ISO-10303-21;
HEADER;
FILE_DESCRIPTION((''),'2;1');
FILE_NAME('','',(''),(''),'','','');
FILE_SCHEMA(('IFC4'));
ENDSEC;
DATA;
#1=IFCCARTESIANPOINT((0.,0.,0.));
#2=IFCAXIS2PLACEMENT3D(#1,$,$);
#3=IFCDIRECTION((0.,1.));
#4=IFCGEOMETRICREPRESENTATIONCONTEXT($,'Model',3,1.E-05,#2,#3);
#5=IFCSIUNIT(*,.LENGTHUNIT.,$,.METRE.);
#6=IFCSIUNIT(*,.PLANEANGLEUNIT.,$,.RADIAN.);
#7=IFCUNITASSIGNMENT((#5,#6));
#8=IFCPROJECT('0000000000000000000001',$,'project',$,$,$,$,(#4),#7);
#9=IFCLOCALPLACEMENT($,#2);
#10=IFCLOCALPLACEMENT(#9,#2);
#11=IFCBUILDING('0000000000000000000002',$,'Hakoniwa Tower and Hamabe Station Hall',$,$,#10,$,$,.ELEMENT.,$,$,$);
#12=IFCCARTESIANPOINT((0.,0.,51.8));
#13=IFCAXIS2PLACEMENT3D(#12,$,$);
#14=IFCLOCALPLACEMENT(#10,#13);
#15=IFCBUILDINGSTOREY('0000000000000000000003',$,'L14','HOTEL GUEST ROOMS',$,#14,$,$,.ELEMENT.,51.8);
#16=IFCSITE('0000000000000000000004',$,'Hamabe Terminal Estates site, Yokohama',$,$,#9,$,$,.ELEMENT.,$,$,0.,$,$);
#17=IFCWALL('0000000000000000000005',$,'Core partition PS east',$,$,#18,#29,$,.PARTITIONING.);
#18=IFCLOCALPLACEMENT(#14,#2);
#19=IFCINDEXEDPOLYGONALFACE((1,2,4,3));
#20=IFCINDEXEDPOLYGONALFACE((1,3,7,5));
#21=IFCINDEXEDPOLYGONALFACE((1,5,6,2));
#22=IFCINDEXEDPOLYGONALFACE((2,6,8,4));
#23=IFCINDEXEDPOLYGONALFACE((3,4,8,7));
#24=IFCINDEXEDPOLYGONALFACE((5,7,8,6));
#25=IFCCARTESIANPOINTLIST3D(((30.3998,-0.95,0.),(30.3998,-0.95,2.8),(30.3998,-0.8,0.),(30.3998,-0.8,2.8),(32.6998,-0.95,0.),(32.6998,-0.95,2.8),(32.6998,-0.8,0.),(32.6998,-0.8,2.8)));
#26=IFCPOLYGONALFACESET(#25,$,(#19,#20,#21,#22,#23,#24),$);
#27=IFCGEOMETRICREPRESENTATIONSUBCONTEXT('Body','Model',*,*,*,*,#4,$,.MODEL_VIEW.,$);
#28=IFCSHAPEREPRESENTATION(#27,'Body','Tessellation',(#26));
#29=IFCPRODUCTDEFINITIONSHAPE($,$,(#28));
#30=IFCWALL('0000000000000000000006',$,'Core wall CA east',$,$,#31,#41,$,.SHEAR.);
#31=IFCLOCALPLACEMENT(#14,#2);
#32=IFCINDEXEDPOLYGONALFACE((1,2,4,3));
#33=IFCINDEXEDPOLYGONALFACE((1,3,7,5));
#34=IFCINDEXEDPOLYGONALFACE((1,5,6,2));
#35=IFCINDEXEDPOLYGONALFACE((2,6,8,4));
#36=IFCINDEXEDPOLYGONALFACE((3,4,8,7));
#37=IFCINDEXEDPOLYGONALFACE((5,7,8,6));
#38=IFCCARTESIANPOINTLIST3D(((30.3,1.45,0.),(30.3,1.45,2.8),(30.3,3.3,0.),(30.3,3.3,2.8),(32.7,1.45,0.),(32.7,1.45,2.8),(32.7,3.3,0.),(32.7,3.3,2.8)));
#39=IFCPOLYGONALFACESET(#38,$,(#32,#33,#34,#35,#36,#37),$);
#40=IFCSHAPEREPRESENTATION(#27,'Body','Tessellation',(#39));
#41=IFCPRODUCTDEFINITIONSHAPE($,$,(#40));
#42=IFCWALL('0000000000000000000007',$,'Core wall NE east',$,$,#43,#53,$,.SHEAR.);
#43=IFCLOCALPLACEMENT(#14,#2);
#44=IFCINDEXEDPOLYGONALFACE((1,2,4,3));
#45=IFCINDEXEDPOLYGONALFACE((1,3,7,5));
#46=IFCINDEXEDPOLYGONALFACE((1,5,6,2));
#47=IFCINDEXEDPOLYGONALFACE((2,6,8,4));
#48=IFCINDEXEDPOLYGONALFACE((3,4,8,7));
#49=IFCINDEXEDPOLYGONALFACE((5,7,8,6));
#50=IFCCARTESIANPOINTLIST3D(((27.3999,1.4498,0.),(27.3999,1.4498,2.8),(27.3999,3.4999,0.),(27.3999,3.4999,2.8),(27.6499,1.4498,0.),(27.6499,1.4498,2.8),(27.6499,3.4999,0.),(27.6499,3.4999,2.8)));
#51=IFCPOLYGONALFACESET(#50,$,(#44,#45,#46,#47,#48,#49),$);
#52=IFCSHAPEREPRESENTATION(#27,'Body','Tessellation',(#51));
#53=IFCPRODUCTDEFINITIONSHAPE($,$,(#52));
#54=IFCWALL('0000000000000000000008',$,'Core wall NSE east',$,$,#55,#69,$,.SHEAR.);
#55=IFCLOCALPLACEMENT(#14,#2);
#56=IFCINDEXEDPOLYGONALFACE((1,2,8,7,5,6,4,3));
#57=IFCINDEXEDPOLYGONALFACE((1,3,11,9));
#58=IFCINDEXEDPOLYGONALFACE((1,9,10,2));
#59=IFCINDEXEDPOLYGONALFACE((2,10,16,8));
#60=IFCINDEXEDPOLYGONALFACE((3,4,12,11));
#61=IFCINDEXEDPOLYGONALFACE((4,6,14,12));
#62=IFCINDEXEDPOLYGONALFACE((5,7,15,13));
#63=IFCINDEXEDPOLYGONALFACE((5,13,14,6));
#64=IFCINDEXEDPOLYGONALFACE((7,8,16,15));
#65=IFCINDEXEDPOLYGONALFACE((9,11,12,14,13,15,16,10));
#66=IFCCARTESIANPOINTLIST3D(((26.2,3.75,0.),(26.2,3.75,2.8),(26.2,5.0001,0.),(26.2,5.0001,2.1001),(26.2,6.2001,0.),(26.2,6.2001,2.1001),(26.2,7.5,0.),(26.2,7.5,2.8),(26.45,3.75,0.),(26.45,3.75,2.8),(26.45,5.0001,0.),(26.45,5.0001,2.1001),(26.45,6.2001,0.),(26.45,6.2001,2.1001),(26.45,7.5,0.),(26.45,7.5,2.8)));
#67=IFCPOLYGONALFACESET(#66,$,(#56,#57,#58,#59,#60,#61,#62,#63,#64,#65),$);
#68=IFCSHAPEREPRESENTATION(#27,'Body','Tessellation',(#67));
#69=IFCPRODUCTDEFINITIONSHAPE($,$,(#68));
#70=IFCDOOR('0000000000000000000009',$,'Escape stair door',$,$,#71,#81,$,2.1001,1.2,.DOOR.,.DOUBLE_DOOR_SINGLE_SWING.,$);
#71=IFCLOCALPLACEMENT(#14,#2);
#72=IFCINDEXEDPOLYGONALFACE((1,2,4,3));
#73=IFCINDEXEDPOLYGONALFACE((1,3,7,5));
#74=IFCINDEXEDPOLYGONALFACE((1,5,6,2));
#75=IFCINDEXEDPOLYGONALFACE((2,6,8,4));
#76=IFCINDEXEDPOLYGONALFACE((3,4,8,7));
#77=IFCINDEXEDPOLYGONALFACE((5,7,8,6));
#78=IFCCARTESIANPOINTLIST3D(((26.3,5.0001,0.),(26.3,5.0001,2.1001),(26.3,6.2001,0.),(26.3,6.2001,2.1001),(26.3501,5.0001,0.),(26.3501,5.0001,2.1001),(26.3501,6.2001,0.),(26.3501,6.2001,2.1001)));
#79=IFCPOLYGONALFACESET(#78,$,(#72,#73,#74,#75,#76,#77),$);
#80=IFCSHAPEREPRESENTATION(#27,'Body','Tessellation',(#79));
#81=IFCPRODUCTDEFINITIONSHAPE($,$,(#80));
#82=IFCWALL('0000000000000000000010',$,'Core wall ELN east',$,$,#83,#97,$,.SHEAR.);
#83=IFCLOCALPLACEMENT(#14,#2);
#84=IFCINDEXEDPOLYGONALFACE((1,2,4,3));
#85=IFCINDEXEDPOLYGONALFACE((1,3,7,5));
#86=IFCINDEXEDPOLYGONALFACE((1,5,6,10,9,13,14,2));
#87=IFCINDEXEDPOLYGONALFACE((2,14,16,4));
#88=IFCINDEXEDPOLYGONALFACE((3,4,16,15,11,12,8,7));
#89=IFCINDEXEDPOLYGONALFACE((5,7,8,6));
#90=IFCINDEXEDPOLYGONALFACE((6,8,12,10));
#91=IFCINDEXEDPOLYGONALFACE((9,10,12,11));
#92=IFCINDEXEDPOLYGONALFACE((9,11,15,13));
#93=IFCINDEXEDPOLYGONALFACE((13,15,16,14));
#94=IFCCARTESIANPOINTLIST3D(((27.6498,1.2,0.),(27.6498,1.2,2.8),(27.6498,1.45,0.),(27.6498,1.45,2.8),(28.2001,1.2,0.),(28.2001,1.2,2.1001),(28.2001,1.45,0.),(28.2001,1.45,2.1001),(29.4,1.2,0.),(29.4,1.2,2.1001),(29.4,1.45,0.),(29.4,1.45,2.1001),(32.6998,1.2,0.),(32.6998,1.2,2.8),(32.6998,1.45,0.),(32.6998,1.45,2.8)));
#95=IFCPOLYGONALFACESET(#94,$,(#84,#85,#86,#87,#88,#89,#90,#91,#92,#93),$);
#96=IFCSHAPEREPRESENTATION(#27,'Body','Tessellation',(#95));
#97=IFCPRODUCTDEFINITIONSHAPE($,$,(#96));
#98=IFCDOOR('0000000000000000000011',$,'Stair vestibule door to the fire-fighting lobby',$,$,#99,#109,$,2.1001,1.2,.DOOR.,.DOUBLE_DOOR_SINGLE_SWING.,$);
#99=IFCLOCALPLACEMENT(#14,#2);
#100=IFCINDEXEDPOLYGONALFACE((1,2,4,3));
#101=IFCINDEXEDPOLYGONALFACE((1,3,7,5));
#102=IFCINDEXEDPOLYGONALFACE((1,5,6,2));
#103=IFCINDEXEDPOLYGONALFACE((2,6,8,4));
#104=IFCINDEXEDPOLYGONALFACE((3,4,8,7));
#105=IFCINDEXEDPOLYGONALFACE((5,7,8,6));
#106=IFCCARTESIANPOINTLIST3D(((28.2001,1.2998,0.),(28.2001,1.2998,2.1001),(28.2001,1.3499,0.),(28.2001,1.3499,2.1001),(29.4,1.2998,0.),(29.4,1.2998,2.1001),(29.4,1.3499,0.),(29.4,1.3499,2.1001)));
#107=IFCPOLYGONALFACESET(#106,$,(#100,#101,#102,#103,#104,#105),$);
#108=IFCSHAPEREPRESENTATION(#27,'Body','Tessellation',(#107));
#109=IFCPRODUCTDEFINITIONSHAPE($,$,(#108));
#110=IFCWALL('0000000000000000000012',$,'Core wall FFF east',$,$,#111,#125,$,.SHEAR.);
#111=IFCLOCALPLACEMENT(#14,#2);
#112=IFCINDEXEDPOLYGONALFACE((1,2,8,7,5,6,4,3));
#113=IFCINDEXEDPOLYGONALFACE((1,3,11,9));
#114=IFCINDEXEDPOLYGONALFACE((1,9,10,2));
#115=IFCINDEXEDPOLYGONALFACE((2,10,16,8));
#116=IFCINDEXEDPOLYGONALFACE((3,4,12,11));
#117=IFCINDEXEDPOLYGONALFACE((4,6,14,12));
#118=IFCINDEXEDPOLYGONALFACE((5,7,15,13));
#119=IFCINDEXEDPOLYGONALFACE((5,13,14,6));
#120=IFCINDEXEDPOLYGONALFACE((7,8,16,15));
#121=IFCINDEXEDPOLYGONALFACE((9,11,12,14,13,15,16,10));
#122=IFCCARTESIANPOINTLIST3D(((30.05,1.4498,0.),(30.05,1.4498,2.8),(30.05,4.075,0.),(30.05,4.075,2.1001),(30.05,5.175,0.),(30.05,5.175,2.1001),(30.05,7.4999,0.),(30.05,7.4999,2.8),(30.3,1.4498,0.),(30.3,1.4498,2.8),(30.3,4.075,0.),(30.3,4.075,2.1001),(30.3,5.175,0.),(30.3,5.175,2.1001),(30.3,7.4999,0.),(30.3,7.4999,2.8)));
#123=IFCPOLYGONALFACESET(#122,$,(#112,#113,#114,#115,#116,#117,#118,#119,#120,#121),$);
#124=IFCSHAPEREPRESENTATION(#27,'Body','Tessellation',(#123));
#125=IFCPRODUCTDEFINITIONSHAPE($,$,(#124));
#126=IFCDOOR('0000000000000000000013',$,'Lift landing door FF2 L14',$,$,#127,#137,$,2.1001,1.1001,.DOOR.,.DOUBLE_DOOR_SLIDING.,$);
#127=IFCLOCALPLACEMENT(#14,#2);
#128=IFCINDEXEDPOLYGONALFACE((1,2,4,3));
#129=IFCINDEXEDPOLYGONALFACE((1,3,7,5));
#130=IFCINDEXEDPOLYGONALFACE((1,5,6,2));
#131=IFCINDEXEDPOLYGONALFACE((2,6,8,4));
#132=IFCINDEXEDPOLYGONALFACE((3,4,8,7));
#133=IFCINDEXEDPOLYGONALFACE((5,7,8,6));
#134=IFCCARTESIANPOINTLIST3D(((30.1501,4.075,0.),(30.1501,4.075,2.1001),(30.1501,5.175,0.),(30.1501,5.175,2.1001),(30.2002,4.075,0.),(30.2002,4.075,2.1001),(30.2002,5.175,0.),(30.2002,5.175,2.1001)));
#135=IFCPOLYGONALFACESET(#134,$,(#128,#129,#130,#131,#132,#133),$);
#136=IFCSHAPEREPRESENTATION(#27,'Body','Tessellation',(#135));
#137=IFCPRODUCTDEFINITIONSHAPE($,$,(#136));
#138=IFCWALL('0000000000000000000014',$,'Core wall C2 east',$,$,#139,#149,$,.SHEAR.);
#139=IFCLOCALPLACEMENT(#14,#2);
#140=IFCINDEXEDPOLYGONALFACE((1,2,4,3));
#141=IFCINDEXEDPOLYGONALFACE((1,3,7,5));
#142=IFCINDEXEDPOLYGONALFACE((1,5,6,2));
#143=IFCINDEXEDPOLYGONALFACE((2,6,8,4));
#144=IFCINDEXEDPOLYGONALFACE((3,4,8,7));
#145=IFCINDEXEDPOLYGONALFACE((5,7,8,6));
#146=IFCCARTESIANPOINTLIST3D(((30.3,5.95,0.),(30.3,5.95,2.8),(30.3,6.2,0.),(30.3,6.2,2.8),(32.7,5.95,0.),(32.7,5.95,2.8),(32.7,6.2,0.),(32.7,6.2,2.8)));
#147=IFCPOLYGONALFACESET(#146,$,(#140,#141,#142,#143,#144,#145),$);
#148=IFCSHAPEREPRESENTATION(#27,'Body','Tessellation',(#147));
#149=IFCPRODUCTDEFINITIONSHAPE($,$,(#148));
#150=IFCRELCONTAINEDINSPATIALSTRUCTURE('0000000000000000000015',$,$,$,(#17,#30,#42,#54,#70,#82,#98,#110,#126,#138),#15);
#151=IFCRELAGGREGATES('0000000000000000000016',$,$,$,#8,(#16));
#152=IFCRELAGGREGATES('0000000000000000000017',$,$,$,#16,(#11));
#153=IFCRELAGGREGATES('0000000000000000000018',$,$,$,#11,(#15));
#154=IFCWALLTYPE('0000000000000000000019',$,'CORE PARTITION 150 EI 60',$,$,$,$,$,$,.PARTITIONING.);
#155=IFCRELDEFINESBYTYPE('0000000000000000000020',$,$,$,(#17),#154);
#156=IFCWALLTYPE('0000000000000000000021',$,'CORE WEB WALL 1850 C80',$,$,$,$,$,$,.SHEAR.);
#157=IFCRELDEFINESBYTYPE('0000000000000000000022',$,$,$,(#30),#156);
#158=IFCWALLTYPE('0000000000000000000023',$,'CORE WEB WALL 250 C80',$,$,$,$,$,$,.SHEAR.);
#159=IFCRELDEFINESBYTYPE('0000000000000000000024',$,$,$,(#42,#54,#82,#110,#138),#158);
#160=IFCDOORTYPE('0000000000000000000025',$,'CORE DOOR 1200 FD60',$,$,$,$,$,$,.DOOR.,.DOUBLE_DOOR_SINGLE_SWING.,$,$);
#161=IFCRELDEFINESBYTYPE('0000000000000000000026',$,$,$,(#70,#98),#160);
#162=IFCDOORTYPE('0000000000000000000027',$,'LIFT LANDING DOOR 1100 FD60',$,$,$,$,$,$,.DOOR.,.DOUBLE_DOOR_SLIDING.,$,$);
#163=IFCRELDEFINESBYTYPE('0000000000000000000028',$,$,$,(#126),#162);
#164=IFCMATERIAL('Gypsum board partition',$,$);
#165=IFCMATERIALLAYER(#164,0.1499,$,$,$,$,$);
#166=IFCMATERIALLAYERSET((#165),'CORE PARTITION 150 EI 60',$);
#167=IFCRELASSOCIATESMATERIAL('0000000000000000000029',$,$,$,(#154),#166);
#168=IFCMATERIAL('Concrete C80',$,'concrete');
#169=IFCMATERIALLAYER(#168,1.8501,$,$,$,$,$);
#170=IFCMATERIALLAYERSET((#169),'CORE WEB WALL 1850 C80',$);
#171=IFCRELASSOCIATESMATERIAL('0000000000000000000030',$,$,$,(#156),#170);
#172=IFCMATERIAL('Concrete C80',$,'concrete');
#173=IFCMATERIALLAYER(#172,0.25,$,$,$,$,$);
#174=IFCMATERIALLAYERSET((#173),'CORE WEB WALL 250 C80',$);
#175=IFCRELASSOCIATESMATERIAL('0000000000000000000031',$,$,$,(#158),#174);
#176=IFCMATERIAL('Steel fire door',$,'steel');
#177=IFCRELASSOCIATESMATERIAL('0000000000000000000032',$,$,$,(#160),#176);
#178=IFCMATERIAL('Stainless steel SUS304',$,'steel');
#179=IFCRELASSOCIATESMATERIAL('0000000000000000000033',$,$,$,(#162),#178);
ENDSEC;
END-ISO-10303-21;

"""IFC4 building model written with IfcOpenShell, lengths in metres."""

from ifc_helpers import new_model, si_unit, direction, frame, frame_2d, origin, place, context, subcontext, project, spatial, rectangle, extrude, material, layer, layer_set, type_object, element, fill, save


model = new_model("IFC4")

# Units and contexts
model_context = context("Model", 3, precision=1e-05, world=origin(), true_north=direction((0.0, 1.0)))
body_context = subcontext(model_context, "Body", "Model", "MODEL_VIEW")
ifc_project = project(units=[si_unit("LENGTHUNIT", "METRE"), si_unit("PLANEANGLEUNIT", "RADIAN")], contexts=[model_context])

# Site, building, storey
site_placement = place(None, origin())
site = spatial("IfcSite", under=ifc_project, at=site_placement, Name="Hamabe Terminal Estates site, Yokohama", CompositionType="ELEMENT", RefElevation=0.0)
building_placement = place(site_placement, origin())
building = spatial("IfcBuilding", under=site, at=building_placement, Name="Hakoniwa Tower and Hamabe Station Hall", CompositionType="ELEMENT")
storey_placement = place(building_placement, frame((0.0, 0.0, 51.8)))
storey = spatial("IfcBuildingStorey", under=building, at=storey_placement, Name="L14", Description="HOTEL GUEST ROOMS", CompositionType="ELEMENT", Elevation=51.8)

# Walls
ifc_material_1 = material(Name="Gypsum board partition")
ifc_layer_1 = layer(ifc_material_1, 0.1499)
ifc_layer_set_1 = layer_set([ifc_layer_1], Name="CORE PARTITION 150 EI 60")
wall_type_1 = type_object("IfcWallType", Name="CORE PARTITION 150 EI 60", PredefinedType="PARTITIONING", material=ifc_layer_set_1)
wall_1_placement = place(storey_placement, frame((30.3999, -0.875, 0.0), z_axis=(0.0, 0.0, 1.0), x_axis=(1.0, 0.0, 0.0)))
element("IfcWall", 1, at=wall_1_placement, inside=storey, type_object=wall_type_1, Name="Core partition PS east", PredefinedType="PARTITIONING", context=body_context, shape_type="SweptSolid", body=[
    extrude(rectangle(XDim=2.3, YDim=0.1499, at=frame_2d((1.1499, 0.0))), origin(), (0.0, 0.0, 1.0), 2.8),
])
ifc_material_2 = material(Name="Concrete C80", Category="concrete")
ifc_layer_2 = layer(ifc_material_2, 1.8501)
ifc_layer_set_2 = layer_set([ifc_layer_2], Name="CORE WEB WALL 1850 C80")
wall_type_2 = type_object("IfcWallType", Name="CORE WEB WALL 1850 C80", PredefinedType="SHEAR", material=ifc_layer_set_2)
wall_2_placement = place(storey_placement, frame((30.3, 2.375, 0.0), z_axis=(0.0, 0.0, 1.0), x_axis=(1.0, 0.0, 0.0)))
element("IfcWall", 2, at=wall_2_placement, inside=storey, type_object=wall_type_2, Name="Core wall CA east", PredefinedType="SHEAR", context=body_context, shape_type="SweptSolid", body=[
    extrude(rectangle(XDim=2.3999, YDim=1.8501, at=frame_2d((1.2, 0.0))), origin(), (0.0, 0.0, 1.0), 2.8),
])
ifc_material_3 = material(Name="Concrete C80", Category="concrete")
ifc_layer_3 = layer(ifc_material_3, 0.25)
ifc_layer_set_3 = layer_set([ifc_layer_3], Name="CORE WEB WALL 250 C80")
wall_type_3 = type_object("IfcWallType", Name="CORE WEB WALL 250 C80", PredefinedType="SHEAR", material=ifc_layer_set_3)
wall_3_placement = place(storey_placement, frame((27.5249, 1.45, 0.0), z_axis=(0.0, 0.0, 1.0), x_axis=(0.0, 1.0, 0.0)))
element("IfcWall", 3, at=wall_3_placement, inside=storey, type_object=wall_type_3, Name="Core wall NE east", PredefinedType="SHEAR", context=body_context, shape_type="SweptSolid", body=[
    extrude(rectangle(XDim=2.05, YDim=0.25, at=frame_2d((1.0249, 0.0))), origin(), (0.0, 0.0, 1.0), 2.8),
])

# Walls, openings, doors
wall_4_placement = place(storey_placement, frame((26.325, 3.75, 0.0), z_axis=(0.0, 0.0, 1.0), x_axis=(0.0, 1.0, 0.0)))
wall_4 = element("IfcWall", 4, at=wall_4_placement, inside=storey, type_object=wall_type_3, Name="Core wall NSE east", PredefinedType="SHEAR", context=body_context, shape_type="SweptSolid", body=[
    extrude(rectangle(XDim=3.75, YDim=0.25, at=frame_2d((1.875, 0.0))), origin(), (0.0, 0.0, 1.0), 2.8),
])
opening_1_placement = place(wall_4_placement, frame((1.25, 0.0, 0.0)))
opening_1 = element("IfcOpeningElement", 5, at=opening_1_placement, cuts=wall_4, PredefinedType="OPENING", context=body_context, shape_type="SweptSolid", body=[
    extrude(rectangle(XDim=1.2, YDim=2.1001, at=frame_2d((0.6001, 1.05))), frame((0.0, 0.135, 0.0), z_axis=(0.0, -1.0, 0.0), x_axis=(1.0, 0.0, 0.0)), (0.0, 0.0, 1.0), 0.27),
])
ifc_material_4 = material(Name="Steel fire door", Category="steel")
door_type_1 = type_object("IfcDoorType", Name="CORE DOOR 1200 FD60", OperationType="DOUBLE_DOOR_SINGLE_SWING", PredefinedType="DOOR", material=ifc_material_4)
door_1_placement = place(opening_1_placement, origin())
door_1 = element("IfcDoor", 6, at=door_1_placement, inside=storey, type_object=door_type_1, Name="Escape stair door", OperationType="DOUBLE_DOOR_SINGLE_SWING", OverallHeight=2.1001, OverallWidth=1.2, PredefinedType="DOOR", context=body_context, shape_type="SweptSolid", body=[
    extrude(rectangle(XDim=1.2, YDim=2.1001, at=frame_2d((0.6001, 1.05))), frame((0.0, 0.0249, 0.0), z_axis=(0.0, -1.0, 0.0), x_axis=(1.0, 0.0, 0.0)), (0.0, 0.0, 1.0), 0.05),
])
fill(opening_1, door_1)
wall_5_placement = place(storey_placement, frame((27.6499, 1.325, 0.0), z_axis=(0.0, 0.0, 1.0), x_axis=(1.0, 0.0, 0.0)))
wall_5 = element("IfcWall", 7, at=wall_5_placement, inside=storey, type_object=wall_type_3, Name="Core wall ELN east", PredefinedType="SHEAR", context=body_context, shape_type="SweptSolid", body=[
    extrude(rectangle(XDim=5.05, YDim=0.25, at=frame_2d((2.5249, 0.0))), origin(), (0.0, 0.0, 1.0), 2.8),
])
opening_2_placement = place(wall_5_placement, frame((0.55, 0.0, 0.0)))
opening_2 = element("IfcOpeningElement", 8, at=opening_2_placement, cuts=wall_5, PredefinedType="OPENING", context=body_context, shape_type="SweptSolid", body=[
    extrude(rectangle(XDim=1.2, YDim=2.1001, at=frame_2d((0.6001, 1.05))), frame((0.0, 0.135, 0.0), z_axis=(0.0, -1.0, 0.0), x_axis=(1.0, 0.0, 0.0)), (0.0, 0.0, 1.0), 0.27),
])
door_2_placement = place(opening_2_placement, origin())
door_2 = element("IfcDoor", 9, at=door_2_placement, inside=storey, type_object=door_type_1, Name="Stair vestibule door to the fire-fighting lobby", OperationType="DOUBLE_DOOR_SINGLE_SWING", OverallHeight=2.1001, OverallWidth=1.2, PredefinedType="DOOR", context=body_context, shape_type="SweptSolid", body=[
    extrude(rectangle(XDim=1.2, YDim=2.1001, at=frame_2d((0.6001, 1.05))), frame((0.0, 0.0249, 0.0), z_axis=(0.0, -1.0, 0.0), x_axis=(1.0, 0.0, 0.0)), (0.0, 0.0, 1.0), 0.05),
])
fill(opening_2, door_2)
wall_6_placement = place(storey_placement, frame((30.175, 1.45, 0.0), z_axis=(0.0, 0.0, 1.0), x_axis=(0.0, 1.0, 0.0)))
wall_6 = element("IfcWall", 10, at=wall_6_placement, inside=storey, type_object=wall_type_3, Name="Core wall FFF east", PredefinedType="SHEAR", context=body_context, shape_type="SweptSolid", body=[
    extrude(rectangle(XDim=6.05, YDim=0.25, at=frame_2d((3.0249, 0.0))), origin(), (0.0, 0.0, 1.0), 2.8),
])
opening_3_placement = place(wall_6_placement, frame((2.625, 0.0, 0.0)))
opening_3 = element("IfcOpeningElement", 11, at=opening_3_placement, cuts=wall_6, PredefinedType="OPENING", context=body_context, shape_type="SweptSolid", body=[
    extrude(rectangle(XDim=1.1001, YDim=2.1001, at=frame_2d((0.55, 1.05))), frame((0.0, 0.135, 0.0), z_axis=(0.0, -1.0, 0.0), x_axis=(1.0, 0.0, 0.0)), (0.0, 0.0, 1.0), 0.27),
])
ifc_material_5 = material(Name="Stainless steel SUS304", Category="steel")
door_type_2 = type_object("IfcDoorType", Name="LIFT LANDING DOOR 1100 FD60", OperationType="DOUBLE_DOOR_SLIDING", PredefinedType="DOOR", material=ifc_material_5)
door_3_placement = place(opening_3_placement, origin())
door_3 = element("IfcDoor", 12, at=door_3_placement, inside=storey, type_object=door_type_2, Name="Lift landing door FF2 L14", OperationType="DOUBLE_DOOR_SLIDING", OverallHeight=2.1001, OverallWidth=1.1001, PredefinedType="DOOR", context=body_context, shape_type="SweptSolid", body=[
    extrude(rectangle(XDim=1.1001, YDim=2.1001, at=frame_2d((0.55, 1.05))), frame((0.0, 0.0249, 0.0), z_axis=(0.0, -1.0, 0.0), x_axis=(1.0, 0.0, 0.0)), (0.0, 0.0, 1.0), 0.05),
])
fill(opening_3, door_3)

# Wall
wall_7_placement = place(storey_placement, frame((30.3, 6.075, 0.0), z_axis=(0.0, 0.0, 1.0), x_axis=(1.0, 0.0, 0.0)))
element("IfcWall", 13, at=wall_7_placement, inside=storey, type_object=wall_type_3, Name="Core wall C2 east", PredefinedType="SHEAR", context=body_context, shape_type="SweptSolid", body=[
    extrude(rectangle(XDim=2.3999, YDim=0.25, at=frame_2d((1.2, 0.0))), origin(), (0.0, 0.0, 1.0), 2.8),
])

save(model, "model.ifc")
